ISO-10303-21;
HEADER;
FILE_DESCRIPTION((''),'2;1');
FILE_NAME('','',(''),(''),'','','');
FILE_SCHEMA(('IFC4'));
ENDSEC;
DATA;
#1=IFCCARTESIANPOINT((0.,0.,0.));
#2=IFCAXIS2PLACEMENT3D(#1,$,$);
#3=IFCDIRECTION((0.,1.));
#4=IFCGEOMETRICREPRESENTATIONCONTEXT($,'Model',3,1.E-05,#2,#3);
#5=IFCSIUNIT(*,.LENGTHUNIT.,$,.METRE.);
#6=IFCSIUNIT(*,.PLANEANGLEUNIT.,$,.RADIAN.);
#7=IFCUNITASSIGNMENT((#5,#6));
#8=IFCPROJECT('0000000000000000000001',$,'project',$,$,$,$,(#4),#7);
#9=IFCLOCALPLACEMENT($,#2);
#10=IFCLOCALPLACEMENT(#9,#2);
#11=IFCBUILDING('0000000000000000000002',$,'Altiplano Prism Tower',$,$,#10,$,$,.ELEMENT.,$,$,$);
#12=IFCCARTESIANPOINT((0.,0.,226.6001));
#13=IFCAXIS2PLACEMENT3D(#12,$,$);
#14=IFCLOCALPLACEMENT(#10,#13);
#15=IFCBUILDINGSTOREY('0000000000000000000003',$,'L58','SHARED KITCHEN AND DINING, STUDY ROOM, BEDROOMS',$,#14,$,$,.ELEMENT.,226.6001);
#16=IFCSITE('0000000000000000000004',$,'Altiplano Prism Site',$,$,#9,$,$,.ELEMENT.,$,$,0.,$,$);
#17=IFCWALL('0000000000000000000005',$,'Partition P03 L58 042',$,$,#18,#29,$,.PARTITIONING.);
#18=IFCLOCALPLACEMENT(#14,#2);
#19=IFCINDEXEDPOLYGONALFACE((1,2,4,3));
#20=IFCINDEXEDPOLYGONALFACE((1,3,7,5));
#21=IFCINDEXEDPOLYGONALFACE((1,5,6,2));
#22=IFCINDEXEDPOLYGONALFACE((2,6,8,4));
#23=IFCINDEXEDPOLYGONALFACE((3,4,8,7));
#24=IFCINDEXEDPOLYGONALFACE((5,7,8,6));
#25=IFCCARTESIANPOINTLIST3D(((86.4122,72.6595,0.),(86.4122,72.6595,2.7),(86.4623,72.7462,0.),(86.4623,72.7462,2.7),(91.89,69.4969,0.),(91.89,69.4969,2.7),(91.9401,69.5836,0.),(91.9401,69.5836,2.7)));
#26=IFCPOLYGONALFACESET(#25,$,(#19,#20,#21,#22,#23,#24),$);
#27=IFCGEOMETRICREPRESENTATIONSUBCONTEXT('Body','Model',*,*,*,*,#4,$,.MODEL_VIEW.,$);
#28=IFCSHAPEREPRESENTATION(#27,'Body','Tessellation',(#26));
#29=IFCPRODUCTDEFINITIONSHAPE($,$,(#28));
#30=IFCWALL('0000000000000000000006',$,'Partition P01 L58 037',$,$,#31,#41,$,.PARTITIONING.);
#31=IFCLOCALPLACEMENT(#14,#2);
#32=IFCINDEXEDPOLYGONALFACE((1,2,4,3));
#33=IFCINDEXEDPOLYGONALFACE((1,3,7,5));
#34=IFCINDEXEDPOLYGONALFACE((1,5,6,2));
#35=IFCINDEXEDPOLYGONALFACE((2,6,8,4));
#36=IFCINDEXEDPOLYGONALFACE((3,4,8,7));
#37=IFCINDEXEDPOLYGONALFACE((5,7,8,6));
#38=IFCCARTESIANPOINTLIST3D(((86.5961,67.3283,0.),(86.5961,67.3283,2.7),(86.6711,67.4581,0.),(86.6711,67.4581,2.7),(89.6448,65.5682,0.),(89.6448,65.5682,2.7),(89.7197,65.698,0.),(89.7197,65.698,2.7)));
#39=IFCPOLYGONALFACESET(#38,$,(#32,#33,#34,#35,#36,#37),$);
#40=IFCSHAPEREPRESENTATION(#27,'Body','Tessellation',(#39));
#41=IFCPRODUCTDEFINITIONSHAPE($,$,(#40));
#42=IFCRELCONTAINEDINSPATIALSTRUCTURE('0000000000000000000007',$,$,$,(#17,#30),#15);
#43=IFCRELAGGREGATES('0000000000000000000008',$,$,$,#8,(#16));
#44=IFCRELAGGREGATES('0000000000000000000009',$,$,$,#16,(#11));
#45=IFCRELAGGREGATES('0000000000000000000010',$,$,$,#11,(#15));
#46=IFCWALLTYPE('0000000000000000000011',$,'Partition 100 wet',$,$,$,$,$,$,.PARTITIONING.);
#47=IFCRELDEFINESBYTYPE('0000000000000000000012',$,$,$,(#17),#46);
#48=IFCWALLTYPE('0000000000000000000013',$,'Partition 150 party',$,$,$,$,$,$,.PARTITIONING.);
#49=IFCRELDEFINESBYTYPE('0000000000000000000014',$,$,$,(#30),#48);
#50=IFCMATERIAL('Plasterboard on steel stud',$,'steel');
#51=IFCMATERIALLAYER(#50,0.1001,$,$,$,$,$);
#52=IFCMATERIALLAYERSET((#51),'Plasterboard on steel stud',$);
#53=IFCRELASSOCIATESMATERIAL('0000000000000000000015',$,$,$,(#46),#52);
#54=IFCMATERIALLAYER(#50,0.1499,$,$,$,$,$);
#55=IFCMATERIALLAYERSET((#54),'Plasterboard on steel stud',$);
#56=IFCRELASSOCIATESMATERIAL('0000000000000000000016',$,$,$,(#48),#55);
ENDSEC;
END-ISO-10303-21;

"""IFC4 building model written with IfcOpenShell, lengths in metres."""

from ifc_helpers import new_model, si_unit, direction, frame, frame_2d, origin, place, context, subcontext, project, spatial, rectangle, extrude, material, layer, layer_set, type_object, element, save


model = new_model("IFC4")

# Units and contexts
model_context = context("Model", 3, precision=1e-05, world=origin(), true_north=direction((0.0, 1.0)))
body_context = subcontext(model_context, "Body", "Model", "MODEL_VIEW")
ifc_project = project(units=[si_unit("LENGTHUNIT", "METRE"), si_unit("PLANEANGLEUNIT", "RADIAN")], contexts=[model_context])

# Site, building, storey
site_placement = place(None, origin())
site = spatial("IfcSite", under=ifc_project, at=site_placement, Name="Altiplano Prism Site", CompositionType="ELEMENT", RefElevation=0.0)
building_placement = place(site_placement, origin())
building = spatial("IfcBuilding", under=site, at=building_placement, Name="Altiplano Prism Tower", CompositionType="ELEMENT")
storey_placement = place(building_placement, frame((0.0, 0.0, 226.6001)))
storey = spatial("IfcBuildingStorey", under=building, at=storey_placement, Name="L58", Description="SHARED KITCHEN AND DINING, STUDY ROOM, BEDROOMS", CompositionType="ELEMENT", Elevation=226.6001)

# Walls
ifc_material_1 = material(Name="Plasterboard on steel stud", Category="steel")
ifc_layer_1 = layer(ifc_material_1, 0.1001)
ifc_layer_set_1 = layer_set([ifc_layer_1], Name="Plasterboard on steel stud")
wall_type_1 = type_object("IfcWallType", Name="Partition 100 wet", PredefinedType="PARTITIONING", material=ifc_layer_set_1)
wall_1_placement = place(storey_placement, frame((91.915, 69.5403, 0.0), z_axis=(0.0, 0.0, 1.0), x_axis=(-0.866026, 0.5, 0.0)))
element("IfcWall", 1, at=wall_1_placement, inside=storey, type_object=wall_type_1, Name="Partition P03 L58 042", PredefinedType="PARTITIONING", context=body_context, shape_type="SweptSolid", body=[
    extrude(rectangle(XDim=6.3252, YDim=0.1001, at=frame_2d((3.1626, 0.0))), origin(), (0.0, 0.0, 1.0), 2.7),
])
ifc_layer_2 = layer(ifc_material_1, 0.1499)
ifc_layer_set_2 = layer_set([ifc_layer_2], Name="Plasterboard on steel stud")
wall_type_2 = type_object("IfcWallType", Name="Partition 150 party", PredefinedType="PARTITIONING", material=ifc_layer_set_2)
wall_2_placement = place(storey_placement, frame((89.6824, 65.6331, 0.0), z_axis=(0.0, 0.0, 1.0), x_axis=(-0.866037, 0.499981, 0.0)))
element("IfcWall", 2, at=wall_2_placement, inside=storey, type_object=wall_type_2, Name="Partition P01 L58 037", PredefinedType="PARTITIONING", context=body_context, shape_type="SweptSolid", body=[
    extrude(rectangle(XDim=3.5203, YDim=0.1499, at=frame_2d((1.7603, 0.0))), origin(), (0.0, 0.0, 1.0), 2.7),
])

save(model, "model.ifc")
